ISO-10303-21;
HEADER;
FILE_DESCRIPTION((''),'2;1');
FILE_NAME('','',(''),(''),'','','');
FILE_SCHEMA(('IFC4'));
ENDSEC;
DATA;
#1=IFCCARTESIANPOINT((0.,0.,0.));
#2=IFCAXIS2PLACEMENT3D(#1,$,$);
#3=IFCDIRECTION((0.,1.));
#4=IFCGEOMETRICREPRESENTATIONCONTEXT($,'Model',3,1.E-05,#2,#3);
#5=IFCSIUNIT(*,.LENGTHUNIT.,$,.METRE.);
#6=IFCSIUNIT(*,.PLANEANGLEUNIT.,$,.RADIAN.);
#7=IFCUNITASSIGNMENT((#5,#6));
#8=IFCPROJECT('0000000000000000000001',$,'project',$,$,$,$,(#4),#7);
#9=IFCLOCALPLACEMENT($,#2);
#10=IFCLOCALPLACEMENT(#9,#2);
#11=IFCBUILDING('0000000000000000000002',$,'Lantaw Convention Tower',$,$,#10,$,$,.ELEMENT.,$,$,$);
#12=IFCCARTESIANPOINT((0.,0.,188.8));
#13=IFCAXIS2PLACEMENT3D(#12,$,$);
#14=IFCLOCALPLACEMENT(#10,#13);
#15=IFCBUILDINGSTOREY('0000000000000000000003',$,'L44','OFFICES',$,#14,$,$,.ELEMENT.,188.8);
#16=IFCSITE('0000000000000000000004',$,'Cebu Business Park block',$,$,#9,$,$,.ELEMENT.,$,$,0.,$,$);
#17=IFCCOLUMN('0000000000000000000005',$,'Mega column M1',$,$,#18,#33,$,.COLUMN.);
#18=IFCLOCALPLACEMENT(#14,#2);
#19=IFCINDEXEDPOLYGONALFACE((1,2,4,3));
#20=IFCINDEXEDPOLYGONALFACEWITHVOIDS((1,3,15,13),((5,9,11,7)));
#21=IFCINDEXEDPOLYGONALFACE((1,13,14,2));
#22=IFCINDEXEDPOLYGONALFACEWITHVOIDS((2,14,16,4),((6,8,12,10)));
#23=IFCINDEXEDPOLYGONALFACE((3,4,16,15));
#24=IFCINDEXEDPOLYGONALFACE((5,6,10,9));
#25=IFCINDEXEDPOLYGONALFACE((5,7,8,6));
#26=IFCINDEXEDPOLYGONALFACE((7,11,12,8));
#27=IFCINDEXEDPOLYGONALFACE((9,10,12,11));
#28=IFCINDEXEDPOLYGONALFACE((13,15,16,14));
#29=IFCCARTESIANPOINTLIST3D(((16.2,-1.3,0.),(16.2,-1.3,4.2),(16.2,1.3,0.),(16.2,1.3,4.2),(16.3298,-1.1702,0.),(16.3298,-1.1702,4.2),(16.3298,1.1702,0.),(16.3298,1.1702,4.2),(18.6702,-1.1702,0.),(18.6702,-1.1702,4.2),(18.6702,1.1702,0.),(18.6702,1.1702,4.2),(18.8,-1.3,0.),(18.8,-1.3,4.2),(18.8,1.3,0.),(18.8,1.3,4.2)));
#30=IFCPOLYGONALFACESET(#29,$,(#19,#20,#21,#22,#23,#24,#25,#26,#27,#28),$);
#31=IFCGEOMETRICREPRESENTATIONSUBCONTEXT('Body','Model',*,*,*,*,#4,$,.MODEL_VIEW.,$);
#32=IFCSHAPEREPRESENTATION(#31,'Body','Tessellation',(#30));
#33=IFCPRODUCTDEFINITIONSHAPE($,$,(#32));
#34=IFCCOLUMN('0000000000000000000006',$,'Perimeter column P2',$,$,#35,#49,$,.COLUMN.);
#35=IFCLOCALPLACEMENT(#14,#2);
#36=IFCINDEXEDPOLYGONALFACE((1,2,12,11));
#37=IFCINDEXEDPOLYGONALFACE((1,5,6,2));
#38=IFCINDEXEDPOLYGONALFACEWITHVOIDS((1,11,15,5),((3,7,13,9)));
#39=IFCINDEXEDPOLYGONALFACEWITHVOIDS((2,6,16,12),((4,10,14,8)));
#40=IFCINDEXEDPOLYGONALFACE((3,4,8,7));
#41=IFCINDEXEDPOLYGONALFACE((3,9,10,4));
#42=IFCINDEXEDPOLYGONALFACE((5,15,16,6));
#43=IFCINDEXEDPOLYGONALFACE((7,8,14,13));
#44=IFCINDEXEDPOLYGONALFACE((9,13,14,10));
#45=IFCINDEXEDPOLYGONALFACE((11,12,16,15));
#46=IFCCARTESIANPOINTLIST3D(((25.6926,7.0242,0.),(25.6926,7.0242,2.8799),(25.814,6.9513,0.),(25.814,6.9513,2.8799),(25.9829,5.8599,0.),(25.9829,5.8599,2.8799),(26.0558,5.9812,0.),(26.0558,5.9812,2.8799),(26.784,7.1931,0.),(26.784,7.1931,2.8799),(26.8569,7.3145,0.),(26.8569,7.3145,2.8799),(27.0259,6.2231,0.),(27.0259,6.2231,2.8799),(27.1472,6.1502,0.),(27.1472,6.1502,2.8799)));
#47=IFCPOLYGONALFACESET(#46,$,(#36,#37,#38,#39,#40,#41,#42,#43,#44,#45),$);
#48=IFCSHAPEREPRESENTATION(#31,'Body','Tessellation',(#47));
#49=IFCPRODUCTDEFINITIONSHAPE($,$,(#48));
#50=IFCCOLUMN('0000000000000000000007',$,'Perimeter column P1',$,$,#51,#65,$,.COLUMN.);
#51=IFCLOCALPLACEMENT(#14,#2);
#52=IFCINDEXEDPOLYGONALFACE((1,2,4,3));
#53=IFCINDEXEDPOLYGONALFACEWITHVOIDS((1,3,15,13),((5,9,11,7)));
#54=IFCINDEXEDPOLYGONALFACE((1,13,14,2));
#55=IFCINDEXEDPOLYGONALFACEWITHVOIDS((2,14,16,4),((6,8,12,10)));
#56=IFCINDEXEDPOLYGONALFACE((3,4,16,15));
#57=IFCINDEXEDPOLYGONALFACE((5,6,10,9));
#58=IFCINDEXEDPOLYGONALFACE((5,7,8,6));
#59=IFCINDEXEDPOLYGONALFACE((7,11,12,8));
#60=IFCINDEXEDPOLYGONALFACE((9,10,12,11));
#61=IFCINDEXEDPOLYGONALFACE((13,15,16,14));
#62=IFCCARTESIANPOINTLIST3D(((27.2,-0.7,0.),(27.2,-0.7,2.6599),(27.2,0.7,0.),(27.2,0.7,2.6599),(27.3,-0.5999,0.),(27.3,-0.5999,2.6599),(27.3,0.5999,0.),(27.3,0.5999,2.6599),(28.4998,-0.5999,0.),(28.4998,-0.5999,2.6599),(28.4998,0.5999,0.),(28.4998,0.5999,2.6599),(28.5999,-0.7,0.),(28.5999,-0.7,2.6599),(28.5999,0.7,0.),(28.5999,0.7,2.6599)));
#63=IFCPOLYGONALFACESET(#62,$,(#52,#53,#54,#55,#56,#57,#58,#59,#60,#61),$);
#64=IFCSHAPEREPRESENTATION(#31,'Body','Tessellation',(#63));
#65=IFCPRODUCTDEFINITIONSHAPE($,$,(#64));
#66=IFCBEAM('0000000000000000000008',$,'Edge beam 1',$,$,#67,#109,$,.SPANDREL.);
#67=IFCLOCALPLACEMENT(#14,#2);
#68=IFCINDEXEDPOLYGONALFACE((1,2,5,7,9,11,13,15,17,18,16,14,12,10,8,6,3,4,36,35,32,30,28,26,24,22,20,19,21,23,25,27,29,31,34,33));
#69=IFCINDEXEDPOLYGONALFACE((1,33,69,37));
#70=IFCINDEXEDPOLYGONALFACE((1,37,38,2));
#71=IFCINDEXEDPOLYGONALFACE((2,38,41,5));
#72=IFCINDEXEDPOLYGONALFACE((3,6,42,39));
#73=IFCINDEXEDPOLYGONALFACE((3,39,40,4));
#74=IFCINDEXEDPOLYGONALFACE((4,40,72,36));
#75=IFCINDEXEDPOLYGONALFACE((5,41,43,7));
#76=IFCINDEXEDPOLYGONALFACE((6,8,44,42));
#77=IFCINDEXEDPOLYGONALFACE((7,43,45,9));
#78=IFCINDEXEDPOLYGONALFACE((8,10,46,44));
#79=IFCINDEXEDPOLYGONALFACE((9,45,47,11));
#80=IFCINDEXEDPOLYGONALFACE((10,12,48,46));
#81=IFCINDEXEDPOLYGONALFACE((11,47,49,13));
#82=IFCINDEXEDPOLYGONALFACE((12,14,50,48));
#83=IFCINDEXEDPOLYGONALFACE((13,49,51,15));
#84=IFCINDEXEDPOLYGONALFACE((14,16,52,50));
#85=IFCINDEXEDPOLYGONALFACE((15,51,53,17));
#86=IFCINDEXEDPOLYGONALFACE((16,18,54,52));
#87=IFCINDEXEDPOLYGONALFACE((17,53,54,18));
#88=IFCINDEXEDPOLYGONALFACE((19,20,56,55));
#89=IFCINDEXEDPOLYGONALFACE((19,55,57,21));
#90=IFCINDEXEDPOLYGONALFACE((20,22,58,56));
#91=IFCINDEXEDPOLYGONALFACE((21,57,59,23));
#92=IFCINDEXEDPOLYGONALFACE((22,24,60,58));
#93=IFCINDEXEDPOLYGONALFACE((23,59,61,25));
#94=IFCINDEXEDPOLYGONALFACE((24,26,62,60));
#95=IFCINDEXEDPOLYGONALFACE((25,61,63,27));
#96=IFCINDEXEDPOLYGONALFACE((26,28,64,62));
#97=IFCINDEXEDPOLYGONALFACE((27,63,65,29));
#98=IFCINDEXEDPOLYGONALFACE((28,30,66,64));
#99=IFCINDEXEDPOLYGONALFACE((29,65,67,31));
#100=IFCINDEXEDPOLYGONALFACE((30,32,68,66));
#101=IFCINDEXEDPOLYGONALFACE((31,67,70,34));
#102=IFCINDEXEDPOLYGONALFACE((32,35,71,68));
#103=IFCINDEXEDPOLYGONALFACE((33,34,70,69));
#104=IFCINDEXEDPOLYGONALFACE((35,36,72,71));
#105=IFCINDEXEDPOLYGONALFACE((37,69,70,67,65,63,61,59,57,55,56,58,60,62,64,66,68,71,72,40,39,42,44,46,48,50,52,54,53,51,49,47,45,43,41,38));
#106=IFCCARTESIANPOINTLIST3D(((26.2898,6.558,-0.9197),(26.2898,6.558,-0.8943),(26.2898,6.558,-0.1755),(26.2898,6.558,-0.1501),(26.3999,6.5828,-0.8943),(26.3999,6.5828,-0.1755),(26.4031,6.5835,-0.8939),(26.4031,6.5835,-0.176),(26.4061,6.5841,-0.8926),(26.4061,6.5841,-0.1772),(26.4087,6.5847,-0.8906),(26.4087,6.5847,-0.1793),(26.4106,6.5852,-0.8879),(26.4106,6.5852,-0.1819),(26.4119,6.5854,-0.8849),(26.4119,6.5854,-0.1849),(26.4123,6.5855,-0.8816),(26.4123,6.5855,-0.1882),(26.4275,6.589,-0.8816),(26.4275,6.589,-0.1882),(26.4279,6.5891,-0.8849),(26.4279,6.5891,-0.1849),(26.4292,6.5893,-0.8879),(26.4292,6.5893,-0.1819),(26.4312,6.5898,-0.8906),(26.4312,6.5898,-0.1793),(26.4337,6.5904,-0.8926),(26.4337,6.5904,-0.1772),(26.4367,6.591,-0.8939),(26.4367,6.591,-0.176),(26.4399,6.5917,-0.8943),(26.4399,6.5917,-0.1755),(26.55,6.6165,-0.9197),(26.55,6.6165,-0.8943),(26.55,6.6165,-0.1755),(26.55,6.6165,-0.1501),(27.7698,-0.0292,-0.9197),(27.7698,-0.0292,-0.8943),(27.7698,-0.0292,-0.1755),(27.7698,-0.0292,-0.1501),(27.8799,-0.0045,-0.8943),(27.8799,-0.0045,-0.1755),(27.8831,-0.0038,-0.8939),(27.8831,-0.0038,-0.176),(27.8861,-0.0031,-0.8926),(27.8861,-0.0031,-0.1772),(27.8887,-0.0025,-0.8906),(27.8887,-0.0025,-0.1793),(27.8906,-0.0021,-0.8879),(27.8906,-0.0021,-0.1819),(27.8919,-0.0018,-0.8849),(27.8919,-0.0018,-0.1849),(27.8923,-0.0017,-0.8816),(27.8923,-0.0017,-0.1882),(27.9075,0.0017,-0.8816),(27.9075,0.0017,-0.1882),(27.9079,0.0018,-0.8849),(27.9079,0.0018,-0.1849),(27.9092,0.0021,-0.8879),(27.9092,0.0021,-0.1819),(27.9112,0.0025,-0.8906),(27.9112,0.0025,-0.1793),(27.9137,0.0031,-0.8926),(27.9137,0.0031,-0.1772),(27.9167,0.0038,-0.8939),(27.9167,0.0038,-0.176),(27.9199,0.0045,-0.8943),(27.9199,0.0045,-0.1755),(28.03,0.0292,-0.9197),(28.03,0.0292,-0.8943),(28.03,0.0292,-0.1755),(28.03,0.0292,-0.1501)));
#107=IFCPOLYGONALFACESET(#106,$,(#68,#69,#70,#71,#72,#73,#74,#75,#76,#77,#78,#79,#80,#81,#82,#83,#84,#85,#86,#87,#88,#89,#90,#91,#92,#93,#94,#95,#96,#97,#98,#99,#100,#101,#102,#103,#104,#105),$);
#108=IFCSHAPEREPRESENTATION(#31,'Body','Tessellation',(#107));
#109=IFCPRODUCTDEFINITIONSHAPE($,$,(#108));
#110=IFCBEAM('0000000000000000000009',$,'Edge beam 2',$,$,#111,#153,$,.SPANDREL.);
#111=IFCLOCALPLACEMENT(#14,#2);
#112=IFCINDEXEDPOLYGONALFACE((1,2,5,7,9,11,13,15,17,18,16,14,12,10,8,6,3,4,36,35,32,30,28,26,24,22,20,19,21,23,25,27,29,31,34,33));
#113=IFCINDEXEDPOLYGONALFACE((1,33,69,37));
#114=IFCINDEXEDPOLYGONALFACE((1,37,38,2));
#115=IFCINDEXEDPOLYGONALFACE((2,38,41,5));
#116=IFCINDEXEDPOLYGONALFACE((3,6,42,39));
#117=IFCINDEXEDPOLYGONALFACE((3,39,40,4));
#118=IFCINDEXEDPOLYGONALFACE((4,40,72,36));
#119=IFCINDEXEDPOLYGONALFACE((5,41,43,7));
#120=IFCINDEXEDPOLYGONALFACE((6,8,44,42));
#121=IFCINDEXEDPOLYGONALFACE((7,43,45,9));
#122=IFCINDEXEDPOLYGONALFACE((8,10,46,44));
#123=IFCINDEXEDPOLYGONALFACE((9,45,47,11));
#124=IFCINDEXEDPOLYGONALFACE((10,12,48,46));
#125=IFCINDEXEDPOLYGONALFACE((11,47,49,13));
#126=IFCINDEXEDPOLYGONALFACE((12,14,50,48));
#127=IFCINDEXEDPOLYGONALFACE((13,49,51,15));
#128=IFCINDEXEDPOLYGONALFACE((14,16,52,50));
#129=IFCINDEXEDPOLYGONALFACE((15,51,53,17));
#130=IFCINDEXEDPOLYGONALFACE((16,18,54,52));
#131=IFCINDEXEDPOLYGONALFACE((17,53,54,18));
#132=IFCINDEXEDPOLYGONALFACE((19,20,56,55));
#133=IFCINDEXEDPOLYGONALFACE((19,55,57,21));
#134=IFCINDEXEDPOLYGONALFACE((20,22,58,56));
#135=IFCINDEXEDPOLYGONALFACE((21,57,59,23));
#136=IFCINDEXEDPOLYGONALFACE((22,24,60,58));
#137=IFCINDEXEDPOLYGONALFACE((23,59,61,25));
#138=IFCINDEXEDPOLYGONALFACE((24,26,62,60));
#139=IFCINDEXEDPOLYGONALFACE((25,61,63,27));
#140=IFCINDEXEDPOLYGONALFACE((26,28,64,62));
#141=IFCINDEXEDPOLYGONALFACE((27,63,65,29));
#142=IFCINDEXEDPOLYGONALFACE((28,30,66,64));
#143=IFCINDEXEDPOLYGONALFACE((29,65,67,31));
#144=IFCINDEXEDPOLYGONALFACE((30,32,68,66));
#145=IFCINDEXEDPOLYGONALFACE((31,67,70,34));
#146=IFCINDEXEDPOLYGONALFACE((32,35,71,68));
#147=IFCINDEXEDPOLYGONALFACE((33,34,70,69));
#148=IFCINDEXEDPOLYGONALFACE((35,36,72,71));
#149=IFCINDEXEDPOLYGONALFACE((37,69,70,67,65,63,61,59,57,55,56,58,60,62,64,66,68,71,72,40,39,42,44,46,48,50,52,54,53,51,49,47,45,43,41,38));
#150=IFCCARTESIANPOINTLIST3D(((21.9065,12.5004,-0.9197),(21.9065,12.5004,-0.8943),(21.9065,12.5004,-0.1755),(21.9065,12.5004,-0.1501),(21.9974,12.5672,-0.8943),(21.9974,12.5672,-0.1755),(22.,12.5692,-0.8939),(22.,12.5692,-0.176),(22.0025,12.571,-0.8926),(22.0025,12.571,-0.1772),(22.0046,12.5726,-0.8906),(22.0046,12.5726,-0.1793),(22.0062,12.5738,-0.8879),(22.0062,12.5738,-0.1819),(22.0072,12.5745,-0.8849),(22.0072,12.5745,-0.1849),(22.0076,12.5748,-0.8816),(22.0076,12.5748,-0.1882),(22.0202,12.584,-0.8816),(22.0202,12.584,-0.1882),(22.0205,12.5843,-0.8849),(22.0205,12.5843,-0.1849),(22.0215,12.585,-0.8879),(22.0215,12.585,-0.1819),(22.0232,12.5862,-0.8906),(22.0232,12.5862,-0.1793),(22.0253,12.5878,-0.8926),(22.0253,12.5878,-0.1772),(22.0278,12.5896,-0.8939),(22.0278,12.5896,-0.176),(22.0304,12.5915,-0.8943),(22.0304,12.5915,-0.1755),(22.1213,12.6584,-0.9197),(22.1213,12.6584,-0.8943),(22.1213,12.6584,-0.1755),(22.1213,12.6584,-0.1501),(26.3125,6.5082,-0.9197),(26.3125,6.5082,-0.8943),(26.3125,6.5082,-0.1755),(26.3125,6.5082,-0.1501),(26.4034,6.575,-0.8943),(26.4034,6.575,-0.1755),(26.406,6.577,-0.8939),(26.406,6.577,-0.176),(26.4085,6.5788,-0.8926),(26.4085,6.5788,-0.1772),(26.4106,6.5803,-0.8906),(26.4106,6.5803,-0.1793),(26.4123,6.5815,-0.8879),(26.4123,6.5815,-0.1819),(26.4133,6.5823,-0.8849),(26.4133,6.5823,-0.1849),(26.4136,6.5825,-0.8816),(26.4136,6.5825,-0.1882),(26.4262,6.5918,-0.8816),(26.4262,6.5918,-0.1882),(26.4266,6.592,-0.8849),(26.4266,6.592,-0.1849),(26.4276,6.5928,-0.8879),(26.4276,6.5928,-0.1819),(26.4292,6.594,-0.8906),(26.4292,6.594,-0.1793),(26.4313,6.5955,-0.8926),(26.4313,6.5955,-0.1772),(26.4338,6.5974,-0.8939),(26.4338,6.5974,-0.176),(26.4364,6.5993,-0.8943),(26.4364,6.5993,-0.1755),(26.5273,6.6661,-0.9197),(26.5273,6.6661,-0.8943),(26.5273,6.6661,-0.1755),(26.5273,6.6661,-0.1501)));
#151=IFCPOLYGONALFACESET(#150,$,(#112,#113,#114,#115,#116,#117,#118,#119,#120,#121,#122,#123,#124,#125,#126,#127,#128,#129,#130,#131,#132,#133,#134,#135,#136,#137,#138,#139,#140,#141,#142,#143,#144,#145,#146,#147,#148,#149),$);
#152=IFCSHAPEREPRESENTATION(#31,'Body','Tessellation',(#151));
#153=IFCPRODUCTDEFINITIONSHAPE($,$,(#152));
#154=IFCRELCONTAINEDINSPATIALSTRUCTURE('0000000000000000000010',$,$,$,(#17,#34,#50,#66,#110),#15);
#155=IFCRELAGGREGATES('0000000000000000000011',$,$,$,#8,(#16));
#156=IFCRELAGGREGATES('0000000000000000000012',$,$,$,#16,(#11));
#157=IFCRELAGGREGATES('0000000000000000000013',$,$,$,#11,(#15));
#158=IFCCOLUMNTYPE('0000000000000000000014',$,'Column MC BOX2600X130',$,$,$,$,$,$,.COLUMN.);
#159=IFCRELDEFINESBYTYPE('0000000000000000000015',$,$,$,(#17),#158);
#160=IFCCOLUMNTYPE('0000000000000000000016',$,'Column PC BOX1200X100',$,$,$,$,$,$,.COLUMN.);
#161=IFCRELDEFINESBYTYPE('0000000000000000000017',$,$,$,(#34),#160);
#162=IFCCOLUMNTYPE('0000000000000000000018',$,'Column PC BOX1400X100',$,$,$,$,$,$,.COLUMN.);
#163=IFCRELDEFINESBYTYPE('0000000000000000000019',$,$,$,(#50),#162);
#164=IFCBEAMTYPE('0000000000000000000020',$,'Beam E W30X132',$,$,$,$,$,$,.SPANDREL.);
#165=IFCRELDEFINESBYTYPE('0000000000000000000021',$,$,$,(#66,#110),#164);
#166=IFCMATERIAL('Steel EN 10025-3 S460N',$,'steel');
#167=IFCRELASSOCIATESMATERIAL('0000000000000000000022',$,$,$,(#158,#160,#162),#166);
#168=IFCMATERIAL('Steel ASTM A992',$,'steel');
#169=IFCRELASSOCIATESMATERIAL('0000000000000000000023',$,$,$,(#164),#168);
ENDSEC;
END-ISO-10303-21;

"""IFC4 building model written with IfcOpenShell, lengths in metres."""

from ifc_helpers import new_model, si_unit, direction, frame, origin, origin_2d, place, context, subcontext, project, spatial, rectangle, hollow_rectangle, i_section, extrude, material, material_profile, profile_set, type_object, element, save


model = new_model("IFC4")

# Units and contexts
model_context = context("Model", 3, precision=1e-05, world=origin(), true_north=direction((0.0, 1.0)))
body_context = subcontext(model_context, "Body", "Model", "MODEL_VIEW")
ifc_project = project(units=[si_unit("LENGTHUNIT", "METRE"), si_unit("PLANEANGLEUNIT", "RADIAN")], contexts=[model_context])

# Site, building, storey
site_placement = place(None, origin())
site = spatial("IfcSite", under=ifc_project, at=site_placement, Name="Cebu Business Park block", CompositionType="ELEMENT", RefElevation=0.0)
building_placement = place(site_placement, origin())
building = spatial("IfcBuilding", under=site, at=building_placement, Name="Lantaw Convention Tower", CompositionType="ELEMENT")
storey_placement = place(building_placement, frame((0.0, 0.0, 188.8)))
storey = spatial("IfcBuildingStorey", under=building, at=storey_placement, Name="L44", Description="OFFICES", CompositionType="ELEMENT", Elevation=188.8)

# Columns
ifc_material_1 = material(Name="Steel EN 10025-3 S460N", Category="steel")
ifc_material_profile_1 = material_profile(ifc_material_1, hollow_rectangle(XDim=2.6001, YDim=2.6001, WallThickness=0.1299, at=origin_2d()), Name="BOX2600X130")
ifc_material_2 = material(Name="Concrete C60/75", Category="concrete")
ifc_material_profile_2 = material_profile(ifc_material_2, rectangle(XDim=2.3401, YDim=2.3401, at=origin_2d()), Name="Concrete fill of BOX2600X130")
ifc_profile_set_1 = profile_set([ifc_material_profile_1, ifc_material_profile_2], Name="Steel EN 10025-3 S460N")
column_type_1 = type_object("IfcColumnType", Name="Column MC BOX2600X130", PredefinedType="COLUMN", material=ifc_profile_set_1)
column_1_placement = place(storey_placement, frame((17.5, 0.0, 0.0), z_axis=(0.0, 0.0, 1.0), x_axis=(1.0, 0.0, 0.0)))
element("IfcColumn", 1, at=column_1_placement, inside=storey, type_object=column_type_1, Name="Mega column M1", PredefinedType="COLUMN", context=body_context, shape_type="SweptSolid", body=[
    extrude(hollow_rectangle(XDim=2.6001, YDim=2.6001, WallThickness=0.1299, at=origin_2d()), origin(), (0.0, 0.0, 1.0), 4.2),
])
ifc_material_profile_3 = material_profile(ifc_material_1, hollow_rectangle(XDim=1.2, YDim=1.2, WallThickness=0.1001, at=origin_2d()), Name="BOX1200X100")
ifc_material_profile_4 = material_profile(ifc_material_2, rectangle(XDim=1.0, YDim=1.0, at=origin_2d()), Name="Concrete fill of BOX1200X100")
ifc_profile_set_2 = profile_set([ifc_material_profile_3, ifc_material_profile_4], Name="Steel EN 10025-3 S460N")
column_type_2 = type_object("IfcColumnType", Name="Column PC BOX1200X100", PredefinedType="COLUMN", material=ifc_profile_set_2)
column_2_placement = place(storey_placement, frame((26.4199, 6.5872, 0.0), z_axis=(0.0, 0.0, 1.0), x_axis=(0.970296, 0.241922, 0.0)))
element("IfcColumn", 2, at=column_2_placement, inside=storey, type_object=column_type_2, Name="Perimeter column P2", PredefinedType="COLUMN", context=body_context, shape_type="SweptSolid", body=[
    extrude(hollow_rectangle(XDim=1.2, YDim=1.2, WallThickness=0.1001, at=origin_2d()), origin(), (0.0, 0.0, 1.0), 2.8799),
])
ifc_material_profile_5 = material_profile(ifc_material_1, hollow_rectangle(XDim=1.3999, YDim=1.3999, WallThickness=0.1001, at=origin_2d()), Name="BOX1400X100")
ifc_material_profile_6 = material_profile(ifc_material_2, rectangle(XDim=1.2, YDim=1.2, at=origin_2d()), Name="Concrete fill of BOX1400X100")
ifc_profile_set_3 = profile_set([ifc_material_profile_5, ifc_material_profile_6], Name="Steel EN 10025-3 S460N")
column_type_3 = type_object("IfcColumnType", Name="Column PC BOX1400X100", PredefinedType="COLUMN", material=ifc_profile_set_3)
column_3_placement = place(storey_placement, frame((27.8999, 0.0, 0.0), z_axis=(0.0, 0.0, 1.0), x_axis=(1.0, 0.0, 0.0)))
element("IfcColumn", 3, at=column_3_placement, inside=storey, type_object=column_type_3, Name="Perimeter column P1", PredefinedType="COLUMN", context=body_context, shape_type="SweptSolid", body=[
    extrude(hollow_rectangle(XDim=1.3999, YDim=1.3999, WallThickness=0.1001, at=origin_2d()), origin(), (0.0, 0.0, 1.0), 2.6599),
])

# Beams
ifc_material_3 = material(Name="Steel ASTM A992", Category="steel")
ifc_material_profile_7 = material_profile(ifc_material_3, i_section(OverallWidth=0.2666, OverallDepth=0.7695, WebThickness=0.0156, FlangeThickness=0.0254, FilletRadius=0.0127, at=origin_2d()), Name="W30X132")
ifc_profile_set_4 = profile_set([ifc_material_profile_7], Name="Steel ASTM A992")
beam_type_1 = type_object("IfcBeamType", Name="Beam E W30X132", PredefinedType="SPANDREL", material=ifc_profile_set_4)
beam_1_placement = place(storey_placement, frame((27.8999, 0.0, -0.5349), z_axis=(-0.219212, 0.975677, 0.0), x_axis=(-0.975677, -0.219212, 0.0)))
element("IfcBeam", 4, at=beam_1_placement, inside=storey, type_object=beam_type_1, Name="Edge beam 1", PredefinedType="SPANDREL", context=body_context, shape_type="SweptSolid", body=[
    extrude(i_section(OverallWidth=0.2666, OverallDepth=0.7695, WebThickness=0.0156, FlangeThickness=0.0254, FilletRadius=0.0127, at=origin_2d()), origin(), (0.0, 0.0, 1.0), 6.7515),
])
beam_2_placement = place(storey_placement, frame((26.4199, 6.5872, -0.5349), z_axis=(-0.592389, 0.805652, 0.0), x_axis=(-0.805652, -0.592389, 0.0)))
element("IfcBeam", 5, at=beam_2_placement, inside=storey, type_object=beam_type_1, Name="Edge beam 2", PredefinedType="SPANDREL", context=body_context, shape_type="SweptSolid", body=[
    extrude(i_section(OverallWidth=0.2666, OverallDepth=0.7695, WebThickness=0.0156, FlangeThickness=0.0254, FilletRadius=0.0127, at=origin_2d()), origin(), (0.0, 0.0, 1.0), 7.4377),
])

save(model, "model.ifc")
